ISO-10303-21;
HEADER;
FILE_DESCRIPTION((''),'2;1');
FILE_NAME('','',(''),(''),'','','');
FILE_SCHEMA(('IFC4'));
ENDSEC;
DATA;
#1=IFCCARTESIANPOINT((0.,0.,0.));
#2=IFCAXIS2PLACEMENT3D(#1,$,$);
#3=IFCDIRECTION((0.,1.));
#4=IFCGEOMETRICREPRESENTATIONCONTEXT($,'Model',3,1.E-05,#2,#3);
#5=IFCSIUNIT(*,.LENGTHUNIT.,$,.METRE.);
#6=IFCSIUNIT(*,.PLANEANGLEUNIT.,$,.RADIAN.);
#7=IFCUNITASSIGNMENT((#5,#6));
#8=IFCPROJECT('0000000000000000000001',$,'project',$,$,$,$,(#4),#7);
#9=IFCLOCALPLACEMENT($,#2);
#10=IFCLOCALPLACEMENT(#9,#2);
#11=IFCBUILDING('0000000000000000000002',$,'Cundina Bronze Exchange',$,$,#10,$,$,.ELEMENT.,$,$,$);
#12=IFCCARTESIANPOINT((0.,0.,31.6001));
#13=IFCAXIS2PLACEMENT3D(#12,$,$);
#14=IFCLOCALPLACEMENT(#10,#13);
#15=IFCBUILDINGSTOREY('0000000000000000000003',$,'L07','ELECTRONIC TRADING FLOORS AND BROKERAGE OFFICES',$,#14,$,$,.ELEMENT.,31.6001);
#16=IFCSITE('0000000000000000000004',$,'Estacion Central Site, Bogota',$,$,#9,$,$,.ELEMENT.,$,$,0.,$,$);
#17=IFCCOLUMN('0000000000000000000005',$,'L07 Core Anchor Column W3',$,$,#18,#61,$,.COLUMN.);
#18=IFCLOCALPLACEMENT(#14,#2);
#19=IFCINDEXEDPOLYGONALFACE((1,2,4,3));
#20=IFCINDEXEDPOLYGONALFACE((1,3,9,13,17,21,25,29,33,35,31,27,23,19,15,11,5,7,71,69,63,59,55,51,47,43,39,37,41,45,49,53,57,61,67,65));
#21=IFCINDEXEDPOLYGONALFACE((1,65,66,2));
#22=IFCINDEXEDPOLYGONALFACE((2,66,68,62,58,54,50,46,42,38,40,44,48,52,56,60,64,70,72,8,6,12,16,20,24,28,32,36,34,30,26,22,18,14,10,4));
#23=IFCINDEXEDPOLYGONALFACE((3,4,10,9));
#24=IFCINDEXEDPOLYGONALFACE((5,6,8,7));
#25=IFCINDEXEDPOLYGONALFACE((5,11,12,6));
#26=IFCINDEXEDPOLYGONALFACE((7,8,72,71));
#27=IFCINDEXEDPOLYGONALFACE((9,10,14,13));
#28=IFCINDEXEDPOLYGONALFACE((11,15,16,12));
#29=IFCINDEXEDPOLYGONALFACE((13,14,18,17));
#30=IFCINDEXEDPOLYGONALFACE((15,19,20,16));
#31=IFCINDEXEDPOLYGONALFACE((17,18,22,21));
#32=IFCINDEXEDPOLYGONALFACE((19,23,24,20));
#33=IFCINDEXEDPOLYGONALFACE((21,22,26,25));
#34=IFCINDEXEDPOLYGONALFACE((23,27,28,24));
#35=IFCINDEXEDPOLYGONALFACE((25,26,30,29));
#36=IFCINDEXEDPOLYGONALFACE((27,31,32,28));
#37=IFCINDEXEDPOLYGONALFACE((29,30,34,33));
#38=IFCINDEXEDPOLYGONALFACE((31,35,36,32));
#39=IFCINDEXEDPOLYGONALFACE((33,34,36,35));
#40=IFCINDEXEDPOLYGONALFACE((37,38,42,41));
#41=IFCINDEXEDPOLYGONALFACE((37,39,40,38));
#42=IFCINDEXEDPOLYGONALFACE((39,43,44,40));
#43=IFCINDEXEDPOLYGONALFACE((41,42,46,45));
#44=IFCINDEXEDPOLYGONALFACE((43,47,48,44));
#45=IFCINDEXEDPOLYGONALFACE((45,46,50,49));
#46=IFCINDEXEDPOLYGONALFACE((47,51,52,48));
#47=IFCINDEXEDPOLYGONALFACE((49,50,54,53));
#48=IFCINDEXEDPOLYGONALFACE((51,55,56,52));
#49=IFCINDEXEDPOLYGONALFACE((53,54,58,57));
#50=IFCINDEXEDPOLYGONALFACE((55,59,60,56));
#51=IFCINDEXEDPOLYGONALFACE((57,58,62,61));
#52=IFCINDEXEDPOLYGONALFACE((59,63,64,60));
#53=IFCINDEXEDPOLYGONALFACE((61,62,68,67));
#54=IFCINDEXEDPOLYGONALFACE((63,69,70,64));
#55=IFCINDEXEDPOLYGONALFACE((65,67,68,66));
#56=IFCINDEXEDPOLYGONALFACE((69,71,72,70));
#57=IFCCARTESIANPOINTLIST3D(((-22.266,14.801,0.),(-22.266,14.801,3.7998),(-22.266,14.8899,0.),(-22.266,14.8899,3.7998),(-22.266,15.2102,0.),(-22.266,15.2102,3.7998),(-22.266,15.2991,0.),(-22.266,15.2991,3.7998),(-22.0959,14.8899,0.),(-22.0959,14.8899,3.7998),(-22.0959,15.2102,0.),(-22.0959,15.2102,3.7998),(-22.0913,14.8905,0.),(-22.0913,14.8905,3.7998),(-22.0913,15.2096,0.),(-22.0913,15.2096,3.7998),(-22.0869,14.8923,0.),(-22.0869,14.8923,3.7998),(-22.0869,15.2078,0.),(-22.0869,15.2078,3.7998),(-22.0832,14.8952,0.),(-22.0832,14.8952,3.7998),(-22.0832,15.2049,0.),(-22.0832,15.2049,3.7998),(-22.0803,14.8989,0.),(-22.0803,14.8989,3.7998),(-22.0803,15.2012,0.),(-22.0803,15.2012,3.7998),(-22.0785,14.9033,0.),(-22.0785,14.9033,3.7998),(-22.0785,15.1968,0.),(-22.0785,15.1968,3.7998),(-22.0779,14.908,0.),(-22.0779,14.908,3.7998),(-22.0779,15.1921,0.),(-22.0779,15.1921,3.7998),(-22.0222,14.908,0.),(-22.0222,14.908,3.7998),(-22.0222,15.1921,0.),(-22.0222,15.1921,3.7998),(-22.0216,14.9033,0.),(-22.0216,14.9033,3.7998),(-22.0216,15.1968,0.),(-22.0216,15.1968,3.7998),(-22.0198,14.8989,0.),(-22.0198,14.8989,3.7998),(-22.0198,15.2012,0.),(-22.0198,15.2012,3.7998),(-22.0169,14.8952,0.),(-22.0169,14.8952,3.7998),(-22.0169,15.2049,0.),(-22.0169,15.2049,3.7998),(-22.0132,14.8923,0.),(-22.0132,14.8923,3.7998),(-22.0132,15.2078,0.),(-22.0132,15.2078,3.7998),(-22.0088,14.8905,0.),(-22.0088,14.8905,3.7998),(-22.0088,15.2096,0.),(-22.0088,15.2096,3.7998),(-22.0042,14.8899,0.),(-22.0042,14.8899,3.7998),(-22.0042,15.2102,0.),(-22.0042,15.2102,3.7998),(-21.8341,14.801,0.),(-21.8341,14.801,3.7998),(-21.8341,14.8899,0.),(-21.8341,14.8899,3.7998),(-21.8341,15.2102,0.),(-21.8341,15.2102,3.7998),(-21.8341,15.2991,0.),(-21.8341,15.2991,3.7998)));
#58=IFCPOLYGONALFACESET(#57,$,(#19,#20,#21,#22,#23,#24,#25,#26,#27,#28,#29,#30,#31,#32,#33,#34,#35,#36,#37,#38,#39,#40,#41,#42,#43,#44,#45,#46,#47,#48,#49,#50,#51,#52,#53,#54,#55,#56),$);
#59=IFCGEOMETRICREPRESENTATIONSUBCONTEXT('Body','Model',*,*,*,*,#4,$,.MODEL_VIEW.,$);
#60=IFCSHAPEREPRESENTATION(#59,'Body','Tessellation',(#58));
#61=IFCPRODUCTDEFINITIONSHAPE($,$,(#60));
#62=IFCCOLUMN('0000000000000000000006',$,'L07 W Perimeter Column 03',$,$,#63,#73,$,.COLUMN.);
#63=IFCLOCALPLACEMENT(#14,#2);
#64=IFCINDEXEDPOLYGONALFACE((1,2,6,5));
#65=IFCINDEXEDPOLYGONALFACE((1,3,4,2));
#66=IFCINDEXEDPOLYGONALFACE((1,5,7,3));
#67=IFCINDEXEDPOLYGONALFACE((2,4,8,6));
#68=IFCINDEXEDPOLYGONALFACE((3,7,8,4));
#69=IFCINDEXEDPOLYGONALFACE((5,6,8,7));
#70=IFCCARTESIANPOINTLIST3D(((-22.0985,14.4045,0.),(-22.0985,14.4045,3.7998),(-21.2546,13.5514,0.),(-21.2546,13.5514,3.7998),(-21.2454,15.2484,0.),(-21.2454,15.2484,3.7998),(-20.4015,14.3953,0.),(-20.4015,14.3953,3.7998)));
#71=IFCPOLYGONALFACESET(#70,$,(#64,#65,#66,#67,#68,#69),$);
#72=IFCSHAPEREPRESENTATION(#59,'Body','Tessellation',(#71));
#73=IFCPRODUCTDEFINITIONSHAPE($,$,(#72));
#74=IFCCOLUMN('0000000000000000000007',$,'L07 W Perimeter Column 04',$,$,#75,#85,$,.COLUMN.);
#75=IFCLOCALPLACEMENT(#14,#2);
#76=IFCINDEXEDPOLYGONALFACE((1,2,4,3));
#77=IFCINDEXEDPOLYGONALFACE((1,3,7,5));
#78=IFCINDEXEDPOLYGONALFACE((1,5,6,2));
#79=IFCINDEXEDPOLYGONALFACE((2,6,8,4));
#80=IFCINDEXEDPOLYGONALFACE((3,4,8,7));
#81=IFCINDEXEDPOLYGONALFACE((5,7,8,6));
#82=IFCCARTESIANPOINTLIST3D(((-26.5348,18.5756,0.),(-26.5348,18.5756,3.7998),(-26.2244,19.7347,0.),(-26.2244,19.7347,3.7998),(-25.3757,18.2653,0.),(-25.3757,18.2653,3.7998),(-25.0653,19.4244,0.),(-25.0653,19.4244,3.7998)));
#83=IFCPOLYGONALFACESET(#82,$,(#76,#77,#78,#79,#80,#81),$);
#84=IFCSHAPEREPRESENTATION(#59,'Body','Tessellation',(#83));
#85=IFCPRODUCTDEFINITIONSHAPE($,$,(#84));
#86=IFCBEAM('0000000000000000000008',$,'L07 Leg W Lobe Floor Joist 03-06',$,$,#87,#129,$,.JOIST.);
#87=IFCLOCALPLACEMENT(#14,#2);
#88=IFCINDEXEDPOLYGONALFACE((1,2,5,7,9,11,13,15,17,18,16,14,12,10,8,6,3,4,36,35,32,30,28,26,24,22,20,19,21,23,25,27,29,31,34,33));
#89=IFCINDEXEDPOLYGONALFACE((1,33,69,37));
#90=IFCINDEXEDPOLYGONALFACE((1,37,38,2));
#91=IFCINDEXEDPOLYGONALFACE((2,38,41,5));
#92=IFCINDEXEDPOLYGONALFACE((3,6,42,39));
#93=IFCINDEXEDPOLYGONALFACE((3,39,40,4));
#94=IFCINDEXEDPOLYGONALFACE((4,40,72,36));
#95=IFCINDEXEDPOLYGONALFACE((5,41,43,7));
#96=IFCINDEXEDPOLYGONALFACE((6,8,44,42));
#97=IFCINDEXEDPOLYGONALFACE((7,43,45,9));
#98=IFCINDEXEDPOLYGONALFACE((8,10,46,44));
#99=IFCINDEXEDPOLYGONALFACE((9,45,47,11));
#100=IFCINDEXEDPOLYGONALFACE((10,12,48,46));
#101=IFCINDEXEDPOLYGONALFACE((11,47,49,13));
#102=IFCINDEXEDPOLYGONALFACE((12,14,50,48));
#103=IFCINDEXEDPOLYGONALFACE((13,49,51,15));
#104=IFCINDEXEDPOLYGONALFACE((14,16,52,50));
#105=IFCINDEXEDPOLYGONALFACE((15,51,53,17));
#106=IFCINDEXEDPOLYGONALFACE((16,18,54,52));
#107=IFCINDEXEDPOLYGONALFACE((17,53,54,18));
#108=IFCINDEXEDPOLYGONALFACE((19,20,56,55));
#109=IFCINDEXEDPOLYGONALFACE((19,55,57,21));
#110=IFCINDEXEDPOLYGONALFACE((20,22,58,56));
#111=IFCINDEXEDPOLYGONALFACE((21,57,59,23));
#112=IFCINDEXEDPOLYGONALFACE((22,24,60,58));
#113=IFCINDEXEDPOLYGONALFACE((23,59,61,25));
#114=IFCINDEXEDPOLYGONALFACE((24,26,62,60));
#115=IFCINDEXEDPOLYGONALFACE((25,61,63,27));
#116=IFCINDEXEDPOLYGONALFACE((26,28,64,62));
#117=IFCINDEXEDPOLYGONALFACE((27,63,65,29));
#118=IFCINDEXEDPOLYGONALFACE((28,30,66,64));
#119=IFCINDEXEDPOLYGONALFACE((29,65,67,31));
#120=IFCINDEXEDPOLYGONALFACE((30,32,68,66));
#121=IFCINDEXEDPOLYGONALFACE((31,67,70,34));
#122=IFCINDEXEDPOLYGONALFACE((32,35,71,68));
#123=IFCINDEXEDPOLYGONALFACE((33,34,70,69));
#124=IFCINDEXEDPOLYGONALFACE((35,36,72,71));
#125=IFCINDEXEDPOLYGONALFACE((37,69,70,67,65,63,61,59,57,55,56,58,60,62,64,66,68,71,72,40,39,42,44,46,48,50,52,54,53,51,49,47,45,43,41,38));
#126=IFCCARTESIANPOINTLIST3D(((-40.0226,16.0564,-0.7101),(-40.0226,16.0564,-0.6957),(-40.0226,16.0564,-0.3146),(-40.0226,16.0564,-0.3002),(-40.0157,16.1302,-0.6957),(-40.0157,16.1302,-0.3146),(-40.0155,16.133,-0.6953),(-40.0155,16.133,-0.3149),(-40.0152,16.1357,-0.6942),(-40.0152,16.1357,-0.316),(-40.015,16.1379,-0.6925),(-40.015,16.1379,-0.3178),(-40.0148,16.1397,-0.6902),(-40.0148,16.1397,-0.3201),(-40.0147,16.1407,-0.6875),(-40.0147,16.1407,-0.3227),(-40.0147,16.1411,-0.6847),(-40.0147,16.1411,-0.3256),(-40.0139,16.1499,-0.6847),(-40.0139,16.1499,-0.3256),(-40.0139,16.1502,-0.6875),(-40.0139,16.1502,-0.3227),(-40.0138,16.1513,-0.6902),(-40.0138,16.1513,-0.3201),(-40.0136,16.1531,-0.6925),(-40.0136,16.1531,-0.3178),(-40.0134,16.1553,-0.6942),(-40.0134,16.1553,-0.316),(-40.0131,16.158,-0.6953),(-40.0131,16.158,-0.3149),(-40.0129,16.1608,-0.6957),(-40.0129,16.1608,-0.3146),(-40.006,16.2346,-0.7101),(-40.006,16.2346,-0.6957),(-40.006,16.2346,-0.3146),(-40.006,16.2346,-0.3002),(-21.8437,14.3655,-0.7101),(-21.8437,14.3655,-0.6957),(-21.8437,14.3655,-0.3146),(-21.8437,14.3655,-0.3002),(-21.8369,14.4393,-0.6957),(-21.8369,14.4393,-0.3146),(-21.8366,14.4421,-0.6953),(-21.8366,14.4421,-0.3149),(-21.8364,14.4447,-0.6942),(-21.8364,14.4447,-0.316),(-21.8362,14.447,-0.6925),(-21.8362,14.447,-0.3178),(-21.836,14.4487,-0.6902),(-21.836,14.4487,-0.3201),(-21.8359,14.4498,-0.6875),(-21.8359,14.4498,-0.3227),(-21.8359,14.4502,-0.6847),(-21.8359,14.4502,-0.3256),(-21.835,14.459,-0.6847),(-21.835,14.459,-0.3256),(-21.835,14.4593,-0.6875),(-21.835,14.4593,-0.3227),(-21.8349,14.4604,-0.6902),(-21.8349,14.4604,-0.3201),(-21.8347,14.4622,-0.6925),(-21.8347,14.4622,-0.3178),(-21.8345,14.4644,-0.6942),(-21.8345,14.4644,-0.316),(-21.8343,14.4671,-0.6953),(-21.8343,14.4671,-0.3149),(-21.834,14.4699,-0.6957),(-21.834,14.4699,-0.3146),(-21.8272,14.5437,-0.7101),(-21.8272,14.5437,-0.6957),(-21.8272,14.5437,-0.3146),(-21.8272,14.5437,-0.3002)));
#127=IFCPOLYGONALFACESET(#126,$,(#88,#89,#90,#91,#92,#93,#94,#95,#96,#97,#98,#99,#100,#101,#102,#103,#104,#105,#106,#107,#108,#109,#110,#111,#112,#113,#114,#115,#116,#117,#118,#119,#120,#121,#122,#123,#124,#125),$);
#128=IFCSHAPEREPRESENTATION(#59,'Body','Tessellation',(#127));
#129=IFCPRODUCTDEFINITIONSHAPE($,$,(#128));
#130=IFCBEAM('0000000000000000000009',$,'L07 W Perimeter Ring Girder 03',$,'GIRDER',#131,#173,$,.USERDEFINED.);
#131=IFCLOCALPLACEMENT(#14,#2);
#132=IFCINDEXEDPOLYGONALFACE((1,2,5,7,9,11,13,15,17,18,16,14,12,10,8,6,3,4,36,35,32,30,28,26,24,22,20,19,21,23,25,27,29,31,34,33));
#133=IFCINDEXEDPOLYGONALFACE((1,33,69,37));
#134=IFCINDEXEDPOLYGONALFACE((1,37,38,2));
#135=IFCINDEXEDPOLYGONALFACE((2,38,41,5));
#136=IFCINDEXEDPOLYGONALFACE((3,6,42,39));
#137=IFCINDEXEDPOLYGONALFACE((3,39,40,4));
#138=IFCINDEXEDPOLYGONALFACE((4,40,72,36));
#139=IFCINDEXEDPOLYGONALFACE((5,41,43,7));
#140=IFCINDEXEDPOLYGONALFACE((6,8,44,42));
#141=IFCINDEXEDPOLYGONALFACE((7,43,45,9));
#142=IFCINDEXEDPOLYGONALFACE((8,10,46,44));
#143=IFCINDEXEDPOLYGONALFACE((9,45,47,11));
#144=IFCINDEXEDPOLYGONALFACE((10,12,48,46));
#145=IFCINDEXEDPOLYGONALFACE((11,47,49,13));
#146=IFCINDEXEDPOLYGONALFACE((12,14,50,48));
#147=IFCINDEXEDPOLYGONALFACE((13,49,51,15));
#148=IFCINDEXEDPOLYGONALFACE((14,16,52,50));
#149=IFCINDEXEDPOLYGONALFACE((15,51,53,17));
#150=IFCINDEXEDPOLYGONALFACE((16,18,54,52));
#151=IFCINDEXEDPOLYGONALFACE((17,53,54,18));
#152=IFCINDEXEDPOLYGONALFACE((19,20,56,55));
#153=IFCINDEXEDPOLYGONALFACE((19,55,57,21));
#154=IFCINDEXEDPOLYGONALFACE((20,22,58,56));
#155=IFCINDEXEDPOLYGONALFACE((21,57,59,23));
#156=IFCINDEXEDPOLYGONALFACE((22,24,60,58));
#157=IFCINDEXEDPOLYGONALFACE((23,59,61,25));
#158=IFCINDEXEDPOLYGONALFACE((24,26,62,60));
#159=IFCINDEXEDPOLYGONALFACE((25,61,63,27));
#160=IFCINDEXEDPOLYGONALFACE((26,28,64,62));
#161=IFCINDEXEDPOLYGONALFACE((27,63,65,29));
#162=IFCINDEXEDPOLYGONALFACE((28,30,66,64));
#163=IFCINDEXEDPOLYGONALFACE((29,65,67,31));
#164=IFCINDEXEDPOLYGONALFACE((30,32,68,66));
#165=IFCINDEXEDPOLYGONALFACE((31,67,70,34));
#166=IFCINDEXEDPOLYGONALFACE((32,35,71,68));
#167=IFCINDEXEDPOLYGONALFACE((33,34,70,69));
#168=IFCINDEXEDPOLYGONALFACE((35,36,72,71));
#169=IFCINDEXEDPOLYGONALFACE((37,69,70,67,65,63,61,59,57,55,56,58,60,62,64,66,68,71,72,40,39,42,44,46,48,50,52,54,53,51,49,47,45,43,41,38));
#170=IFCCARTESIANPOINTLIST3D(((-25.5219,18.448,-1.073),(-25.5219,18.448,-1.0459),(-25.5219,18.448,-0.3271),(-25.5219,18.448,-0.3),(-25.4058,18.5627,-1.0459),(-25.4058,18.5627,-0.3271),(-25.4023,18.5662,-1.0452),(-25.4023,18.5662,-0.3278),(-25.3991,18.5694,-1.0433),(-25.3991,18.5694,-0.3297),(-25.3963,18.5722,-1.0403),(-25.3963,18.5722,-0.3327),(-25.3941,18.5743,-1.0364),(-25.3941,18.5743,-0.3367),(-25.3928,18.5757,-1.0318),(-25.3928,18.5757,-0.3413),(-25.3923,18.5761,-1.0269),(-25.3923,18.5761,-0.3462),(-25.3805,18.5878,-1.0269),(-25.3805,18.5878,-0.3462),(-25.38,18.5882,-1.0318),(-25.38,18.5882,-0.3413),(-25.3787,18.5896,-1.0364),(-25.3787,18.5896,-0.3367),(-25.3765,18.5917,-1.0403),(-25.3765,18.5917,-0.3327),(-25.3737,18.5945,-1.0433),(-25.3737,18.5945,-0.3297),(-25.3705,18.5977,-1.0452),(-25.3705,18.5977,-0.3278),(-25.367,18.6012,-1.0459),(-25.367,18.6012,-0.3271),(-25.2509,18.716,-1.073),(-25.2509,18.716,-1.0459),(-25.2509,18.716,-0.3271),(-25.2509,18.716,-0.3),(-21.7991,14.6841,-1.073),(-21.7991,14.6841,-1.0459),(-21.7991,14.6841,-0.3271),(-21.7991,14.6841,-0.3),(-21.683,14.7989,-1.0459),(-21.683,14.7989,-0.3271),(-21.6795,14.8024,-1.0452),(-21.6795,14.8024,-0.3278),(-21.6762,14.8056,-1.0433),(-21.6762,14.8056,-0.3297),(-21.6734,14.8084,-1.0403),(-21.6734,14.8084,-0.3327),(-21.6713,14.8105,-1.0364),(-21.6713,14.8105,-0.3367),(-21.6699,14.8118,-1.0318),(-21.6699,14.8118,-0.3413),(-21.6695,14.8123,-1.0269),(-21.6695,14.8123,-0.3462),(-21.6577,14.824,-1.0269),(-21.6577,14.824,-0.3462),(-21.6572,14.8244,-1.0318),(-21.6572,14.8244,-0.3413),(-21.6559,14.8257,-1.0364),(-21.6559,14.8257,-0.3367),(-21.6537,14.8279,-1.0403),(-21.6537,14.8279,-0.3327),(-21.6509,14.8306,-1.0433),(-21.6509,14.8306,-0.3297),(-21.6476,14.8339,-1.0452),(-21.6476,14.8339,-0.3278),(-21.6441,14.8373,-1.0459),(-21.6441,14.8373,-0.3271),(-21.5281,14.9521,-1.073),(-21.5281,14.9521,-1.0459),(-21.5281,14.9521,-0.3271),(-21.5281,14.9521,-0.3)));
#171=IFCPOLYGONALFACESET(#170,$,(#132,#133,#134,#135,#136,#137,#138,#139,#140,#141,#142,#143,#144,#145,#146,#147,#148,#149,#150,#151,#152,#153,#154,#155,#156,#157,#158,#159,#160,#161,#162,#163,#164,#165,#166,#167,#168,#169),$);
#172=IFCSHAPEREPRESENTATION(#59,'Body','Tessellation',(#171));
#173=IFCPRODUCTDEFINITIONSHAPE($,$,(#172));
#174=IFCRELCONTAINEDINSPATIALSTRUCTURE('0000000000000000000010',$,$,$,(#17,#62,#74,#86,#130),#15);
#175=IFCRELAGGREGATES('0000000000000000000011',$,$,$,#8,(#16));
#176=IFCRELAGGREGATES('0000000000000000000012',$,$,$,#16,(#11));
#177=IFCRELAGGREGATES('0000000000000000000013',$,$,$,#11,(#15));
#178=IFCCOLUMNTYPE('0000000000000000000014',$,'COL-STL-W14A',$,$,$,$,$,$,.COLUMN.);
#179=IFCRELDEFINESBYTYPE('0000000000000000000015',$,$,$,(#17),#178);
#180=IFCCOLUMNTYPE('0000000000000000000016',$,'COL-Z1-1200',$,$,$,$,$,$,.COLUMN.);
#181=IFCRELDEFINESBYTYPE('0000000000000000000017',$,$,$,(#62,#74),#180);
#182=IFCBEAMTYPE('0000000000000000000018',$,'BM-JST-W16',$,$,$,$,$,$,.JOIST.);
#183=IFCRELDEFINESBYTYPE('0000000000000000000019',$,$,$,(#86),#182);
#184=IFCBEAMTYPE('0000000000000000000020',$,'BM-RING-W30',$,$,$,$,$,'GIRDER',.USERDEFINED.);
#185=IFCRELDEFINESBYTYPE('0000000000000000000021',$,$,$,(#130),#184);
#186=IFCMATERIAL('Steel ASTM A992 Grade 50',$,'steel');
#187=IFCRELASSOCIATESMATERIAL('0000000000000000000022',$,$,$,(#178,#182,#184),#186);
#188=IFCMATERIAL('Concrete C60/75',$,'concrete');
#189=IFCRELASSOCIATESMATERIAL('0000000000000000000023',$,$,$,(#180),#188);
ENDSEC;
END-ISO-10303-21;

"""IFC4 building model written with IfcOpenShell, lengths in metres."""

from ifc_helpers import new_model, si_unit, direction, frame, origin, origin_2d, place, context, subcontext, project, spatial, rectangle, i_section, extrude, material, material_profile, profile_set, type_object, element, save


model = new_model("IFC4")

# Units and contexts
model_context = context("Model", 3, precision=1e-05, world=origin(), true_north=direction((0.0, 1.0)))
body_context = subcontext(model_context, "Body", "Model", "MODEL_VIEW")
ifc_project = project(units=[si_unit("LENGTHUNIT", "METRE"), si_unit("PLANEANGLEUNIT", "RADIAN")], contexts=[model_context])

# Site, building, storey
site_placement = place(None, origin())
site = spatial("IfcSite", under=ifc_project, at=site_placement, Name="Estacion Central Site, Bogota", CompositionType="ELEMENT", RefElevation=0.0)
building_placement = place(site_placement, origin())
building = spatial("IfcBuilding", under=site, at=building_placement, Name="Cundina Bronze Exchange", CompositionType="ELEMENT")
storey_placement = place(building_placement, frame((0.0, 0.0, 31.6001)))
storey = spatial("IfcBuildingStorey", under=building, at=storey_placement, Name="L07", Description="ELECTRONIC TRADING FLOORS AND BROKERAGE OFFICES", CompositionType="ELEMENT", Elevation=31.6001)

# Columns
ifc_material_1 = material(Name="Steel ASTM A992 Grade 50", Category="steel")
ifc_material_profile_1 = material_profile(ifc_material_1, i_section(OverallWidth=0.4319, OverallDepth=0.498, WebThickness=0.0557, FlangeThickness=0.0889, FilletRadius=0.0181, at=origin_2d()), Name="W14X500", Category="steel")
ifc_profile_set_1 = profile_set([ifc_material_profile_1], Name="Steel ASTM A992 Grade 50")
column_type_1 = type_object("IfcColumnType", Name="COL-STL-W14A", PredefinedType="COLUMN", material=ifc_profile_set_1)
column_placement = place(storey_placement, frame((-22.05, 15.05, 0.0), z_axis=(0.0, 0.0, 1.0), x_axis=(1.0, 0.0, 0.0)))
element("IfcColumn", 1, at=column_placement, inside=storey, type_object=column_type_1, Name="L07 Core Anchor Column W3", PredefinedType="COLUMN", context=body_context, shape_type="SweptSolid", body=[
    extrude(i_section(OverallWidth=0.4319, OverallDepth=0.498, WebThickness=0.0557, FlangeThickness=0.0889, FilletRadius=0.0181, at=origin_2d()), origin(), (0.0, 0.0, 1.0), 3.7998),
])
ifc_material_2 = material(Name="Concrete C60/75", Category="concrete")
ifc_material_profile_2 = material_profile(ifc_material_2, rectangle(XDim=1.2, YDim=1.2, at=origin_2d()), Name="RC1200X1200", Category="concrete")
ifc_profile_set_2 = profile_set([ifc_material_profile_2], Name="Concrete C60/75")
column_type_2 = type_object("IfcColumnType", Name="COL-Z1-1200", PredefinedType="COLUMN", material=ifc_profile_set_2)
for number, where, z_axis, x_axis, name in (
    (2, (-21.25, 14.3999, 0.0), (0.0, 0.0, 1.0), (-0.703271, 0.710922, 0.0), "L07 W Perimeter Column 03"),
    (3, (-25.8, 19.0, 0.0), (0.0, 0.0, 1.0), (-0.965971, 0.25865, 0.0), "L07 W Perimeter Column 04"),
):
    element("IfcColumn", number, at=place(storey_placement, frame(where, z_axis=z_axis, x_axis=x_axis)), inside=storey, type_object=column_type_2, Name=name, PredefinedType="COLUMN", context=body_context, shape_type="SweptSolid", body=[
        extrude(rectangle(XDim=1.2, YDim=1.2, at=origin_2d()), origin(), (0.0, 0.0, 1.0), 3.7998),
    ])

# Beams
ifc_material_profile_3 = material_profile(ifc_material_1, i_section(OverallWidth=0.179, OverallDepth=0.4099, WebThickness=0.0088, FlangeThickness=0.0144, FilletRadius=0.011, at=origin_2d()), Name="W16X45", Category="steel")
ifc_profile_set_3 = profile_set([ifc_material_profile_3], Name="Steel ASTM A992 Grade 50")
beam_type_1 = type_object("IfcBeamType", Name="BM-JST-W16", PredefinedType="JOIST", material=ifc_profile_set_3)
beam_1_placement = place(storey_placement, frame((-21.8354, 14.4546, -0.5051), z_axis=(-0.995702, 0.092615, 0.0), x_axis=(-0.092615, -0.995702, 0.0)))
element("IfcBeam", 4, at=beam_1_placement, inside=storey, type_object=beam_type_1, Name="L07 Leg W Lobe Floor Joist 03-06", PredefinedType="JOIST", context=body_context, shape_type="SweptSolid", body=[
    extrude(i_section(OverallWidth=0.179, OverallDepth=0.4099, WebThickness=0.0088, FlangeThickness=0.0144, FilletRadius=0.011, at=origin_2d()), origin(), (0.0, 0.0, 1.0), 18.2573),
])
ifc_material_profile_4 = material_profile(ifc_material_1, i_section(OverallWidth=0.3811, OverallDepth=0.7729, WebThickness=0.0166, FlangeThickness=0.0271, FilletRadius=0.019, at=origin_2d()), Name="W30X173", Category="steel")
ifc_profile_set_4 = profile_set([ifc_material_profile_4], Name="Steel ASTM A992 Grade 50")
beam_type_2 = type_object("IfcBeamType", Name="BM-RING-W30", ElementType="GIRDER", PredefinedType="USERDEFINED", material=ifc_profile_set_4)
beam_2_placement = place(storey_placement, frame((-21.6636, 14.8181, -0.6865), z_axis=(-0.703222, 0.71097, 0.0), x_axis=(-0.71097, -0.703222, 0.0)))
element("IfcBeam", 5, at=beam_2_placement, inside=storey, type_object=beam_type_2, Name="L07 W Perimeter Ring Girder 03", ObjectType="GIRDER", PredefinedType="USERDEFINED", context=body_context, shape_type="SweptSolid", body=[
    extrude(i_section(OverallWidth=0.3811, OverallDepth=0.7729, WebThickness=0.0166, FlangeThickness=0.0271, FilletRadius=0.019, at=origin_2d()), origin(), (0.0, 0.0, 1.0), 5.2939),
])

save(model, "model.ifc")
